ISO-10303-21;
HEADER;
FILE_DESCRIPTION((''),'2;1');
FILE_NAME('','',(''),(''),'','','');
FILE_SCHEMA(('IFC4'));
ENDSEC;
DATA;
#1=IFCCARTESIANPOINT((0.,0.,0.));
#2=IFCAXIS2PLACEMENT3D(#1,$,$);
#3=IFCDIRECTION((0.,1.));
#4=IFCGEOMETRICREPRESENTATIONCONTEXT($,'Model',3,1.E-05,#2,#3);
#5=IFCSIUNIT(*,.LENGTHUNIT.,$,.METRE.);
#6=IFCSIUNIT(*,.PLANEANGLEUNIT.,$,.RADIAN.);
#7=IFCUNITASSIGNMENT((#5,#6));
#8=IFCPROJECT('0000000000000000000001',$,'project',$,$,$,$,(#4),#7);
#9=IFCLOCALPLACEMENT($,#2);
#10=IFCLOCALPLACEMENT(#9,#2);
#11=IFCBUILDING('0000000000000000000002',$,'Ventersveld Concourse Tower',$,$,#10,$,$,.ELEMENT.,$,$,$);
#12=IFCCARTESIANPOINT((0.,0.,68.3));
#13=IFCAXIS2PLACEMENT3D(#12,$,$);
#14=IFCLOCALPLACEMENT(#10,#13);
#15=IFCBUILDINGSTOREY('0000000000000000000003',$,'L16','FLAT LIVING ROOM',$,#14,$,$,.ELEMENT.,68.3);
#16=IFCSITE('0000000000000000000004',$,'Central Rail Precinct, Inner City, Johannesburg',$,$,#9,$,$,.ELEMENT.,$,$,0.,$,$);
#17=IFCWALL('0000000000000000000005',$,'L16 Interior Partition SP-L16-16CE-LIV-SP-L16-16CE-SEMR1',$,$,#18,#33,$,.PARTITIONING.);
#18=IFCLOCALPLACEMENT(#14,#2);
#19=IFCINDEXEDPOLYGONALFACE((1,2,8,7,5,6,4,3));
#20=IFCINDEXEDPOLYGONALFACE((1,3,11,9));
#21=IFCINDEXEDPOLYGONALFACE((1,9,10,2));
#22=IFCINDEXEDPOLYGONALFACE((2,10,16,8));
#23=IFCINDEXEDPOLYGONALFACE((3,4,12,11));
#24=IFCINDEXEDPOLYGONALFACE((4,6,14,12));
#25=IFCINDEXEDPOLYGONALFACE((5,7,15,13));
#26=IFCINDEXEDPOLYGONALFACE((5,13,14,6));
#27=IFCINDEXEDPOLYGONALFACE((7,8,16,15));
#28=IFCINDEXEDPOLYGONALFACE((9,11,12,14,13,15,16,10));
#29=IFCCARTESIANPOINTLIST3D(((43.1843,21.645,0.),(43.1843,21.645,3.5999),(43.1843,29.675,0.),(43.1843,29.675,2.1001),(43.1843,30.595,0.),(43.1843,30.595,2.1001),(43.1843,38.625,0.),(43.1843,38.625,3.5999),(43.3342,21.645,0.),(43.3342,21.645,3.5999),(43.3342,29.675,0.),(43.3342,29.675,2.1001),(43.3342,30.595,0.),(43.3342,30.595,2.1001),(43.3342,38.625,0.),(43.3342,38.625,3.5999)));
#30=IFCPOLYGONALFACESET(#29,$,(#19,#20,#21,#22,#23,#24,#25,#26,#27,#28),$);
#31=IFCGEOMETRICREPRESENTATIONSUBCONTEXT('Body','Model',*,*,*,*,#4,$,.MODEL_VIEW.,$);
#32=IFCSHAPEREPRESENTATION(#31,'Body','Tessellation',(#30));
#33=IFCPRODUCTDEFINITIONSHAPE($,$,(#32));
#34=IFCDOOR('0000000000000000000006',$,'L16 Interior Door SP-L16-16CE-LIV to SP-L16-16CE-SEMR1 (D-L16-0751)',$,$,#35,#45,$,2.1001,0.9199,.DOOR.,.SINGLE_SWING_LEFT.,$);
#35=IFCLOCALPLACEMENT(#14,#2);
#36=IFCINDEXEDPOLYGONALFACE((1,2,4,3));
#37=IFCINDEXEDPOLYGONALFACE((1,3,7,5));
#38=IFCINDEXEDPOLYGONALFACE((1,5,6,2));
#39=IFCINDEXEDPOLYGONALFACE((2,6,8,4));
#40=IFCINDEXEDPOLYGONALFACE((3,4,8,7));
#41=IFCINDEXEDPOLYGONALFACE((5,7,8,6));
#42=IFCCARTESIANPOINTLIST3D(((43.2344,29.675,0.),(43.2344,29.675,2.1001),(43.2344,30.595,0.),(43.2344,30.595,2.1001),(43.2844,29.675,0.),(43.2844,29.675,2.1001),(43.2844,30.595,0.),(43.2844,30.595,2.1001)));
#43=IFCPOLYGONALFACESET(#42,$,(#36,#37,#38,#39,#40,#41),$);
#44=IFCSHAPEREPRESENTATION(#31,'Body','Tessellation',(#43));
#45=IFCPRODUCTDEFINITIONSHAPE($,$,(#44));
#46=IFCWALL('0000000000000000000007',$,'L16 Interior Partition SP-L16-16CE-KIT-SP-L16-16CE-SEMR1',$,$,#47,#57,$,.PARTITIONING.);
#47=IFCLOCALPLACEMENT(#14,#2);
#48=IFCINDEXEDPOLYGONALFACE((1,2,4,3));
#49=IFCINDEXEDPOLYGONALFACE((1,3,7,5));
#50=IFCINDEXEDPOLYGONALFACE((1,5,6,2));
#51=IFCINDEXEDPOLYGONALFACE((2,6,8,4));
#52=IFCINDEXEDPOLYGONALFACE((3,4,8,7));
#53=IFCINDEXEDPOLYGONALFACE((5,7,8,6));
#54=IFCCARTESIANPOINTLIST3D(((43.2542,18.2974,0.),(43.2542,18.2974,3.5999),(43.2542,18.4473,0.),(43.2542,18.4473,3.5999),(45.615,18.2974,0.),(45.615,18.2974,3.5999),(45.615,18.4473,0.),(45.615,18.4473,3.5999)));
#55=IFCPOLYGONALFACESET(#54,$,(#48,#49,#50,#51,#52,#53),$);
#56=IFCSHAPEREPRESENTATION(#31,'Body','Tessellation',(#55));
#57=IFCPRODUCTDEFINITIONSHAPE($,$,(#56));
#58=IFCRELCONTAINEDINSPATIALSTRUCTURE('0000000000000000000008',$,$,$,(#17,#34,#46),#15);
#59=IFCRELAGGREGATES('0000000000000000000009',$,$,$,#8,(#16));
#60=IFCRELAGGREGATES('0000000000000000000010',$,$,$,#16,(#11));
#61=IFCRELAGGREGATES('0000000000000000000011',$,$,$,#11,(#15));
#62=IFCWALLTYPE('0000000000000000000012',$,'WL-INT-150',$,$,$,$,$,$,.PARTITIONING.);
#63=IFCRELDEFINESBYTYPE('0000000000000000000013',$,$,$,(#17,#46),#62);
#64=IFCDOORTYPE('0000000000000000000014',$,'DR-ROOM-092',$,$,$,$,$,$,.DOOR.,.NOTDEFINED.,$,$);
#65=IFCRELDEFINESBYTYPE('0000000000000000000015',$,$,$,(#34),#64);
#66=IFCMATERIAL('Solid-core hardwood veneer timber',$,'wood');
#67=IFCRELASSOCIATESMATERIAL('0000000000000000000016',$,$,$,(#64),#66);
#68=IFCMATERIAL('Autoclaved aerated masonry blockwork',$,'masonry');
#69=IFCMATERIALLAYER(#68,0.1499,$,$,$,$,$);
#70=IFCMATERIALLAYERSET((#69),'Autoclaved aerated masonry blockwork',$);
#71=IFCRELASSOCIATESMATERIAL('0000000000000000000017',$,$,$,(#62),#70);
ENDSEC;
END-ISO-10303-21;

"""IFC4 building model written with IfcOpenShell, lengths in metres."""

from ifc_helpers import new_model, si_unit, direction, frame, frame_2d, origin, place, context, subcontext, project, spatial, rectangle, extrude, material, layer, layer_set, type_object, element, fill, save


model = new_model("IFC4")

# Units and contexts
model_context = context("Model", 3, precision=1e-05, world=origin(), true_north=direction((0.0, 1.0)))
body_context = subcontext(model_context, "Body", "Model", "MODEL_VIEW")
ifc_project = project(units=[si_unit("LENGTHUNIT", "METRE"), si_unit("PLANEANGLEUNIT", "RADIAN")], contexts=[model_context])

# Site, building, storey
site_placement = place(None, origin())
site = spatial("IfcSite", under=ifc_project, at=site_placement, Name="Central Rail Precinct, Inner City, Johannesburg", CompositionType="ELEMENT", RefElevation=0.0)
building_placement = place(site_placement, origin())
building = spatial("IfcBuilding", under=site, at=building_placement, Name="Ventersveld Concourse Tower", CompositionType="ELEMENT")
storey_placement = place(building_placement, frame((0.0, 0.0, 68.3)))
storey = spatial("IfcBuildingStorey", under=building, at=storey_placement, Name="L16", Description="FLAT LIVING ROOM", CompositionType="ELEMENT", Elevation=68.3)

# Wall, opening, door
ifc_material_1 = material(Name="Solid-core hardwood veneer timber", Category="wood")
door_type = type_object("IfcDoorType", Name="DR-ROOM-092", OperationType="NOTDEFINED", PredefinedType="DOOR", material=ifc_material_1)
ifc_material_2 = material(Name="Autoclaved aerated masonry blockwork", Category="masonry")
ifc_layer_1 = layer(ifc_material_2, 0.1499)
ifc_layer_set_1 = layer_set([ifc_layer_1], Name="Autoclaved aerated masonry blockwork")
wall_type_1 = type_object("IfcWallType", Name="WL-INT-150", PredefinedType="PARTITIONING", material=ifc_layer_set_1)
wall_1_placement = place(storey_placement, frame((43.2593, 21.645, 0.0), z_axis=(0.0, 0.0, 1.0), x_axis=(0.0, 1.0, 0.0)))
wall_1 = element("IfcWall", 1, at=wall_1_placement, inside=storey, type_object=wall_type_1, Name="L16 Interior Partition SP-L16-16CE-LIV-SP-L16-16CE-SEMR1", PredefinedType="PARTITIONING", context=body_context, shape_type="SweptSolid", body=[
    extrude(rectangle(XDim=16.98, YDim=0.1499, at=frame_2d((8.49, 0.0))), origin(), (0.0, 0.0, 1.0), 3.5999),
])
opening_1_placement = place(wall_1_placement, frame((8.03, 0.0, 0.0)))
opening_1 = element("IfcOpeningElement", 2, at=opening_1_placement, cuts=wall_1, PredefinedType="OPENING", context=body_context, shape_type="SweptSolid", body=[
    extrude(rectangle(XDim=0.9199, YDim=2.1001, at=frame_2d((0.46, 1.05))), frame((0.0, 0.085, 0.0), z_axis=(0.0, -1.0, 0.0), x_axis=(1.0, 0.0, 0.0)), (0.0, 0.0, 1.0), 0.1699),
])
door_1_placement = place(opening_1_placement, origin())
door_1 = element("IfcDoor", 3, at=door_1_placement, inside=storey, type_object=door_type, Name="L16 Interior Door SP-L16-16CE-LIV to SP-L16-16CE-SEMR1 (D-L16-0751)", OperationType="SINGLE_SWING_LEFT", OverallHeight=2.1001, OverallWidth=0.9199, PredefinedType="DOOR", context=body_context, shape_type="SweptSolid", body=[
    extrude(rectangle(XDim=0.9199, YDim=2.1001, at=frame_2d((0.46, 1.05))), frame((0.0, 0.0249, 0.0), z_axis=(0.0, -1.0, 0.0), x_axis=(1.0, 0.0, 0.0)), (0.0, 0.0, 1.0), 0.05),
])
fill(opening_1, door_1)

# Wall
wall_2_placement = place(storey_placement, frame((43.2542, 18.3723, 0.0), z_axis=(0.0, 0.0, 1.0), x_axis=(1.0, 0.0, 0.0)))
element("IfcWall", 4, at=wall_2_placement, inside=storey, type_object=wall_type_1, Name="L16 Interior Partition SP-L16-16CE-KIT-SP-L16-16CE-SEMR1", PredefinedType="PARTITIONING", context=body_context, shape_type="SweptSolid", body=[
    extrude(rectangle(XDim=2.3608, YDim=0.1499, at=frame_2d((1.1804, 0.0))), origin(), (0.0, 0.0, 1.0), 3.5999),
])

save(model, "model.ifc")
